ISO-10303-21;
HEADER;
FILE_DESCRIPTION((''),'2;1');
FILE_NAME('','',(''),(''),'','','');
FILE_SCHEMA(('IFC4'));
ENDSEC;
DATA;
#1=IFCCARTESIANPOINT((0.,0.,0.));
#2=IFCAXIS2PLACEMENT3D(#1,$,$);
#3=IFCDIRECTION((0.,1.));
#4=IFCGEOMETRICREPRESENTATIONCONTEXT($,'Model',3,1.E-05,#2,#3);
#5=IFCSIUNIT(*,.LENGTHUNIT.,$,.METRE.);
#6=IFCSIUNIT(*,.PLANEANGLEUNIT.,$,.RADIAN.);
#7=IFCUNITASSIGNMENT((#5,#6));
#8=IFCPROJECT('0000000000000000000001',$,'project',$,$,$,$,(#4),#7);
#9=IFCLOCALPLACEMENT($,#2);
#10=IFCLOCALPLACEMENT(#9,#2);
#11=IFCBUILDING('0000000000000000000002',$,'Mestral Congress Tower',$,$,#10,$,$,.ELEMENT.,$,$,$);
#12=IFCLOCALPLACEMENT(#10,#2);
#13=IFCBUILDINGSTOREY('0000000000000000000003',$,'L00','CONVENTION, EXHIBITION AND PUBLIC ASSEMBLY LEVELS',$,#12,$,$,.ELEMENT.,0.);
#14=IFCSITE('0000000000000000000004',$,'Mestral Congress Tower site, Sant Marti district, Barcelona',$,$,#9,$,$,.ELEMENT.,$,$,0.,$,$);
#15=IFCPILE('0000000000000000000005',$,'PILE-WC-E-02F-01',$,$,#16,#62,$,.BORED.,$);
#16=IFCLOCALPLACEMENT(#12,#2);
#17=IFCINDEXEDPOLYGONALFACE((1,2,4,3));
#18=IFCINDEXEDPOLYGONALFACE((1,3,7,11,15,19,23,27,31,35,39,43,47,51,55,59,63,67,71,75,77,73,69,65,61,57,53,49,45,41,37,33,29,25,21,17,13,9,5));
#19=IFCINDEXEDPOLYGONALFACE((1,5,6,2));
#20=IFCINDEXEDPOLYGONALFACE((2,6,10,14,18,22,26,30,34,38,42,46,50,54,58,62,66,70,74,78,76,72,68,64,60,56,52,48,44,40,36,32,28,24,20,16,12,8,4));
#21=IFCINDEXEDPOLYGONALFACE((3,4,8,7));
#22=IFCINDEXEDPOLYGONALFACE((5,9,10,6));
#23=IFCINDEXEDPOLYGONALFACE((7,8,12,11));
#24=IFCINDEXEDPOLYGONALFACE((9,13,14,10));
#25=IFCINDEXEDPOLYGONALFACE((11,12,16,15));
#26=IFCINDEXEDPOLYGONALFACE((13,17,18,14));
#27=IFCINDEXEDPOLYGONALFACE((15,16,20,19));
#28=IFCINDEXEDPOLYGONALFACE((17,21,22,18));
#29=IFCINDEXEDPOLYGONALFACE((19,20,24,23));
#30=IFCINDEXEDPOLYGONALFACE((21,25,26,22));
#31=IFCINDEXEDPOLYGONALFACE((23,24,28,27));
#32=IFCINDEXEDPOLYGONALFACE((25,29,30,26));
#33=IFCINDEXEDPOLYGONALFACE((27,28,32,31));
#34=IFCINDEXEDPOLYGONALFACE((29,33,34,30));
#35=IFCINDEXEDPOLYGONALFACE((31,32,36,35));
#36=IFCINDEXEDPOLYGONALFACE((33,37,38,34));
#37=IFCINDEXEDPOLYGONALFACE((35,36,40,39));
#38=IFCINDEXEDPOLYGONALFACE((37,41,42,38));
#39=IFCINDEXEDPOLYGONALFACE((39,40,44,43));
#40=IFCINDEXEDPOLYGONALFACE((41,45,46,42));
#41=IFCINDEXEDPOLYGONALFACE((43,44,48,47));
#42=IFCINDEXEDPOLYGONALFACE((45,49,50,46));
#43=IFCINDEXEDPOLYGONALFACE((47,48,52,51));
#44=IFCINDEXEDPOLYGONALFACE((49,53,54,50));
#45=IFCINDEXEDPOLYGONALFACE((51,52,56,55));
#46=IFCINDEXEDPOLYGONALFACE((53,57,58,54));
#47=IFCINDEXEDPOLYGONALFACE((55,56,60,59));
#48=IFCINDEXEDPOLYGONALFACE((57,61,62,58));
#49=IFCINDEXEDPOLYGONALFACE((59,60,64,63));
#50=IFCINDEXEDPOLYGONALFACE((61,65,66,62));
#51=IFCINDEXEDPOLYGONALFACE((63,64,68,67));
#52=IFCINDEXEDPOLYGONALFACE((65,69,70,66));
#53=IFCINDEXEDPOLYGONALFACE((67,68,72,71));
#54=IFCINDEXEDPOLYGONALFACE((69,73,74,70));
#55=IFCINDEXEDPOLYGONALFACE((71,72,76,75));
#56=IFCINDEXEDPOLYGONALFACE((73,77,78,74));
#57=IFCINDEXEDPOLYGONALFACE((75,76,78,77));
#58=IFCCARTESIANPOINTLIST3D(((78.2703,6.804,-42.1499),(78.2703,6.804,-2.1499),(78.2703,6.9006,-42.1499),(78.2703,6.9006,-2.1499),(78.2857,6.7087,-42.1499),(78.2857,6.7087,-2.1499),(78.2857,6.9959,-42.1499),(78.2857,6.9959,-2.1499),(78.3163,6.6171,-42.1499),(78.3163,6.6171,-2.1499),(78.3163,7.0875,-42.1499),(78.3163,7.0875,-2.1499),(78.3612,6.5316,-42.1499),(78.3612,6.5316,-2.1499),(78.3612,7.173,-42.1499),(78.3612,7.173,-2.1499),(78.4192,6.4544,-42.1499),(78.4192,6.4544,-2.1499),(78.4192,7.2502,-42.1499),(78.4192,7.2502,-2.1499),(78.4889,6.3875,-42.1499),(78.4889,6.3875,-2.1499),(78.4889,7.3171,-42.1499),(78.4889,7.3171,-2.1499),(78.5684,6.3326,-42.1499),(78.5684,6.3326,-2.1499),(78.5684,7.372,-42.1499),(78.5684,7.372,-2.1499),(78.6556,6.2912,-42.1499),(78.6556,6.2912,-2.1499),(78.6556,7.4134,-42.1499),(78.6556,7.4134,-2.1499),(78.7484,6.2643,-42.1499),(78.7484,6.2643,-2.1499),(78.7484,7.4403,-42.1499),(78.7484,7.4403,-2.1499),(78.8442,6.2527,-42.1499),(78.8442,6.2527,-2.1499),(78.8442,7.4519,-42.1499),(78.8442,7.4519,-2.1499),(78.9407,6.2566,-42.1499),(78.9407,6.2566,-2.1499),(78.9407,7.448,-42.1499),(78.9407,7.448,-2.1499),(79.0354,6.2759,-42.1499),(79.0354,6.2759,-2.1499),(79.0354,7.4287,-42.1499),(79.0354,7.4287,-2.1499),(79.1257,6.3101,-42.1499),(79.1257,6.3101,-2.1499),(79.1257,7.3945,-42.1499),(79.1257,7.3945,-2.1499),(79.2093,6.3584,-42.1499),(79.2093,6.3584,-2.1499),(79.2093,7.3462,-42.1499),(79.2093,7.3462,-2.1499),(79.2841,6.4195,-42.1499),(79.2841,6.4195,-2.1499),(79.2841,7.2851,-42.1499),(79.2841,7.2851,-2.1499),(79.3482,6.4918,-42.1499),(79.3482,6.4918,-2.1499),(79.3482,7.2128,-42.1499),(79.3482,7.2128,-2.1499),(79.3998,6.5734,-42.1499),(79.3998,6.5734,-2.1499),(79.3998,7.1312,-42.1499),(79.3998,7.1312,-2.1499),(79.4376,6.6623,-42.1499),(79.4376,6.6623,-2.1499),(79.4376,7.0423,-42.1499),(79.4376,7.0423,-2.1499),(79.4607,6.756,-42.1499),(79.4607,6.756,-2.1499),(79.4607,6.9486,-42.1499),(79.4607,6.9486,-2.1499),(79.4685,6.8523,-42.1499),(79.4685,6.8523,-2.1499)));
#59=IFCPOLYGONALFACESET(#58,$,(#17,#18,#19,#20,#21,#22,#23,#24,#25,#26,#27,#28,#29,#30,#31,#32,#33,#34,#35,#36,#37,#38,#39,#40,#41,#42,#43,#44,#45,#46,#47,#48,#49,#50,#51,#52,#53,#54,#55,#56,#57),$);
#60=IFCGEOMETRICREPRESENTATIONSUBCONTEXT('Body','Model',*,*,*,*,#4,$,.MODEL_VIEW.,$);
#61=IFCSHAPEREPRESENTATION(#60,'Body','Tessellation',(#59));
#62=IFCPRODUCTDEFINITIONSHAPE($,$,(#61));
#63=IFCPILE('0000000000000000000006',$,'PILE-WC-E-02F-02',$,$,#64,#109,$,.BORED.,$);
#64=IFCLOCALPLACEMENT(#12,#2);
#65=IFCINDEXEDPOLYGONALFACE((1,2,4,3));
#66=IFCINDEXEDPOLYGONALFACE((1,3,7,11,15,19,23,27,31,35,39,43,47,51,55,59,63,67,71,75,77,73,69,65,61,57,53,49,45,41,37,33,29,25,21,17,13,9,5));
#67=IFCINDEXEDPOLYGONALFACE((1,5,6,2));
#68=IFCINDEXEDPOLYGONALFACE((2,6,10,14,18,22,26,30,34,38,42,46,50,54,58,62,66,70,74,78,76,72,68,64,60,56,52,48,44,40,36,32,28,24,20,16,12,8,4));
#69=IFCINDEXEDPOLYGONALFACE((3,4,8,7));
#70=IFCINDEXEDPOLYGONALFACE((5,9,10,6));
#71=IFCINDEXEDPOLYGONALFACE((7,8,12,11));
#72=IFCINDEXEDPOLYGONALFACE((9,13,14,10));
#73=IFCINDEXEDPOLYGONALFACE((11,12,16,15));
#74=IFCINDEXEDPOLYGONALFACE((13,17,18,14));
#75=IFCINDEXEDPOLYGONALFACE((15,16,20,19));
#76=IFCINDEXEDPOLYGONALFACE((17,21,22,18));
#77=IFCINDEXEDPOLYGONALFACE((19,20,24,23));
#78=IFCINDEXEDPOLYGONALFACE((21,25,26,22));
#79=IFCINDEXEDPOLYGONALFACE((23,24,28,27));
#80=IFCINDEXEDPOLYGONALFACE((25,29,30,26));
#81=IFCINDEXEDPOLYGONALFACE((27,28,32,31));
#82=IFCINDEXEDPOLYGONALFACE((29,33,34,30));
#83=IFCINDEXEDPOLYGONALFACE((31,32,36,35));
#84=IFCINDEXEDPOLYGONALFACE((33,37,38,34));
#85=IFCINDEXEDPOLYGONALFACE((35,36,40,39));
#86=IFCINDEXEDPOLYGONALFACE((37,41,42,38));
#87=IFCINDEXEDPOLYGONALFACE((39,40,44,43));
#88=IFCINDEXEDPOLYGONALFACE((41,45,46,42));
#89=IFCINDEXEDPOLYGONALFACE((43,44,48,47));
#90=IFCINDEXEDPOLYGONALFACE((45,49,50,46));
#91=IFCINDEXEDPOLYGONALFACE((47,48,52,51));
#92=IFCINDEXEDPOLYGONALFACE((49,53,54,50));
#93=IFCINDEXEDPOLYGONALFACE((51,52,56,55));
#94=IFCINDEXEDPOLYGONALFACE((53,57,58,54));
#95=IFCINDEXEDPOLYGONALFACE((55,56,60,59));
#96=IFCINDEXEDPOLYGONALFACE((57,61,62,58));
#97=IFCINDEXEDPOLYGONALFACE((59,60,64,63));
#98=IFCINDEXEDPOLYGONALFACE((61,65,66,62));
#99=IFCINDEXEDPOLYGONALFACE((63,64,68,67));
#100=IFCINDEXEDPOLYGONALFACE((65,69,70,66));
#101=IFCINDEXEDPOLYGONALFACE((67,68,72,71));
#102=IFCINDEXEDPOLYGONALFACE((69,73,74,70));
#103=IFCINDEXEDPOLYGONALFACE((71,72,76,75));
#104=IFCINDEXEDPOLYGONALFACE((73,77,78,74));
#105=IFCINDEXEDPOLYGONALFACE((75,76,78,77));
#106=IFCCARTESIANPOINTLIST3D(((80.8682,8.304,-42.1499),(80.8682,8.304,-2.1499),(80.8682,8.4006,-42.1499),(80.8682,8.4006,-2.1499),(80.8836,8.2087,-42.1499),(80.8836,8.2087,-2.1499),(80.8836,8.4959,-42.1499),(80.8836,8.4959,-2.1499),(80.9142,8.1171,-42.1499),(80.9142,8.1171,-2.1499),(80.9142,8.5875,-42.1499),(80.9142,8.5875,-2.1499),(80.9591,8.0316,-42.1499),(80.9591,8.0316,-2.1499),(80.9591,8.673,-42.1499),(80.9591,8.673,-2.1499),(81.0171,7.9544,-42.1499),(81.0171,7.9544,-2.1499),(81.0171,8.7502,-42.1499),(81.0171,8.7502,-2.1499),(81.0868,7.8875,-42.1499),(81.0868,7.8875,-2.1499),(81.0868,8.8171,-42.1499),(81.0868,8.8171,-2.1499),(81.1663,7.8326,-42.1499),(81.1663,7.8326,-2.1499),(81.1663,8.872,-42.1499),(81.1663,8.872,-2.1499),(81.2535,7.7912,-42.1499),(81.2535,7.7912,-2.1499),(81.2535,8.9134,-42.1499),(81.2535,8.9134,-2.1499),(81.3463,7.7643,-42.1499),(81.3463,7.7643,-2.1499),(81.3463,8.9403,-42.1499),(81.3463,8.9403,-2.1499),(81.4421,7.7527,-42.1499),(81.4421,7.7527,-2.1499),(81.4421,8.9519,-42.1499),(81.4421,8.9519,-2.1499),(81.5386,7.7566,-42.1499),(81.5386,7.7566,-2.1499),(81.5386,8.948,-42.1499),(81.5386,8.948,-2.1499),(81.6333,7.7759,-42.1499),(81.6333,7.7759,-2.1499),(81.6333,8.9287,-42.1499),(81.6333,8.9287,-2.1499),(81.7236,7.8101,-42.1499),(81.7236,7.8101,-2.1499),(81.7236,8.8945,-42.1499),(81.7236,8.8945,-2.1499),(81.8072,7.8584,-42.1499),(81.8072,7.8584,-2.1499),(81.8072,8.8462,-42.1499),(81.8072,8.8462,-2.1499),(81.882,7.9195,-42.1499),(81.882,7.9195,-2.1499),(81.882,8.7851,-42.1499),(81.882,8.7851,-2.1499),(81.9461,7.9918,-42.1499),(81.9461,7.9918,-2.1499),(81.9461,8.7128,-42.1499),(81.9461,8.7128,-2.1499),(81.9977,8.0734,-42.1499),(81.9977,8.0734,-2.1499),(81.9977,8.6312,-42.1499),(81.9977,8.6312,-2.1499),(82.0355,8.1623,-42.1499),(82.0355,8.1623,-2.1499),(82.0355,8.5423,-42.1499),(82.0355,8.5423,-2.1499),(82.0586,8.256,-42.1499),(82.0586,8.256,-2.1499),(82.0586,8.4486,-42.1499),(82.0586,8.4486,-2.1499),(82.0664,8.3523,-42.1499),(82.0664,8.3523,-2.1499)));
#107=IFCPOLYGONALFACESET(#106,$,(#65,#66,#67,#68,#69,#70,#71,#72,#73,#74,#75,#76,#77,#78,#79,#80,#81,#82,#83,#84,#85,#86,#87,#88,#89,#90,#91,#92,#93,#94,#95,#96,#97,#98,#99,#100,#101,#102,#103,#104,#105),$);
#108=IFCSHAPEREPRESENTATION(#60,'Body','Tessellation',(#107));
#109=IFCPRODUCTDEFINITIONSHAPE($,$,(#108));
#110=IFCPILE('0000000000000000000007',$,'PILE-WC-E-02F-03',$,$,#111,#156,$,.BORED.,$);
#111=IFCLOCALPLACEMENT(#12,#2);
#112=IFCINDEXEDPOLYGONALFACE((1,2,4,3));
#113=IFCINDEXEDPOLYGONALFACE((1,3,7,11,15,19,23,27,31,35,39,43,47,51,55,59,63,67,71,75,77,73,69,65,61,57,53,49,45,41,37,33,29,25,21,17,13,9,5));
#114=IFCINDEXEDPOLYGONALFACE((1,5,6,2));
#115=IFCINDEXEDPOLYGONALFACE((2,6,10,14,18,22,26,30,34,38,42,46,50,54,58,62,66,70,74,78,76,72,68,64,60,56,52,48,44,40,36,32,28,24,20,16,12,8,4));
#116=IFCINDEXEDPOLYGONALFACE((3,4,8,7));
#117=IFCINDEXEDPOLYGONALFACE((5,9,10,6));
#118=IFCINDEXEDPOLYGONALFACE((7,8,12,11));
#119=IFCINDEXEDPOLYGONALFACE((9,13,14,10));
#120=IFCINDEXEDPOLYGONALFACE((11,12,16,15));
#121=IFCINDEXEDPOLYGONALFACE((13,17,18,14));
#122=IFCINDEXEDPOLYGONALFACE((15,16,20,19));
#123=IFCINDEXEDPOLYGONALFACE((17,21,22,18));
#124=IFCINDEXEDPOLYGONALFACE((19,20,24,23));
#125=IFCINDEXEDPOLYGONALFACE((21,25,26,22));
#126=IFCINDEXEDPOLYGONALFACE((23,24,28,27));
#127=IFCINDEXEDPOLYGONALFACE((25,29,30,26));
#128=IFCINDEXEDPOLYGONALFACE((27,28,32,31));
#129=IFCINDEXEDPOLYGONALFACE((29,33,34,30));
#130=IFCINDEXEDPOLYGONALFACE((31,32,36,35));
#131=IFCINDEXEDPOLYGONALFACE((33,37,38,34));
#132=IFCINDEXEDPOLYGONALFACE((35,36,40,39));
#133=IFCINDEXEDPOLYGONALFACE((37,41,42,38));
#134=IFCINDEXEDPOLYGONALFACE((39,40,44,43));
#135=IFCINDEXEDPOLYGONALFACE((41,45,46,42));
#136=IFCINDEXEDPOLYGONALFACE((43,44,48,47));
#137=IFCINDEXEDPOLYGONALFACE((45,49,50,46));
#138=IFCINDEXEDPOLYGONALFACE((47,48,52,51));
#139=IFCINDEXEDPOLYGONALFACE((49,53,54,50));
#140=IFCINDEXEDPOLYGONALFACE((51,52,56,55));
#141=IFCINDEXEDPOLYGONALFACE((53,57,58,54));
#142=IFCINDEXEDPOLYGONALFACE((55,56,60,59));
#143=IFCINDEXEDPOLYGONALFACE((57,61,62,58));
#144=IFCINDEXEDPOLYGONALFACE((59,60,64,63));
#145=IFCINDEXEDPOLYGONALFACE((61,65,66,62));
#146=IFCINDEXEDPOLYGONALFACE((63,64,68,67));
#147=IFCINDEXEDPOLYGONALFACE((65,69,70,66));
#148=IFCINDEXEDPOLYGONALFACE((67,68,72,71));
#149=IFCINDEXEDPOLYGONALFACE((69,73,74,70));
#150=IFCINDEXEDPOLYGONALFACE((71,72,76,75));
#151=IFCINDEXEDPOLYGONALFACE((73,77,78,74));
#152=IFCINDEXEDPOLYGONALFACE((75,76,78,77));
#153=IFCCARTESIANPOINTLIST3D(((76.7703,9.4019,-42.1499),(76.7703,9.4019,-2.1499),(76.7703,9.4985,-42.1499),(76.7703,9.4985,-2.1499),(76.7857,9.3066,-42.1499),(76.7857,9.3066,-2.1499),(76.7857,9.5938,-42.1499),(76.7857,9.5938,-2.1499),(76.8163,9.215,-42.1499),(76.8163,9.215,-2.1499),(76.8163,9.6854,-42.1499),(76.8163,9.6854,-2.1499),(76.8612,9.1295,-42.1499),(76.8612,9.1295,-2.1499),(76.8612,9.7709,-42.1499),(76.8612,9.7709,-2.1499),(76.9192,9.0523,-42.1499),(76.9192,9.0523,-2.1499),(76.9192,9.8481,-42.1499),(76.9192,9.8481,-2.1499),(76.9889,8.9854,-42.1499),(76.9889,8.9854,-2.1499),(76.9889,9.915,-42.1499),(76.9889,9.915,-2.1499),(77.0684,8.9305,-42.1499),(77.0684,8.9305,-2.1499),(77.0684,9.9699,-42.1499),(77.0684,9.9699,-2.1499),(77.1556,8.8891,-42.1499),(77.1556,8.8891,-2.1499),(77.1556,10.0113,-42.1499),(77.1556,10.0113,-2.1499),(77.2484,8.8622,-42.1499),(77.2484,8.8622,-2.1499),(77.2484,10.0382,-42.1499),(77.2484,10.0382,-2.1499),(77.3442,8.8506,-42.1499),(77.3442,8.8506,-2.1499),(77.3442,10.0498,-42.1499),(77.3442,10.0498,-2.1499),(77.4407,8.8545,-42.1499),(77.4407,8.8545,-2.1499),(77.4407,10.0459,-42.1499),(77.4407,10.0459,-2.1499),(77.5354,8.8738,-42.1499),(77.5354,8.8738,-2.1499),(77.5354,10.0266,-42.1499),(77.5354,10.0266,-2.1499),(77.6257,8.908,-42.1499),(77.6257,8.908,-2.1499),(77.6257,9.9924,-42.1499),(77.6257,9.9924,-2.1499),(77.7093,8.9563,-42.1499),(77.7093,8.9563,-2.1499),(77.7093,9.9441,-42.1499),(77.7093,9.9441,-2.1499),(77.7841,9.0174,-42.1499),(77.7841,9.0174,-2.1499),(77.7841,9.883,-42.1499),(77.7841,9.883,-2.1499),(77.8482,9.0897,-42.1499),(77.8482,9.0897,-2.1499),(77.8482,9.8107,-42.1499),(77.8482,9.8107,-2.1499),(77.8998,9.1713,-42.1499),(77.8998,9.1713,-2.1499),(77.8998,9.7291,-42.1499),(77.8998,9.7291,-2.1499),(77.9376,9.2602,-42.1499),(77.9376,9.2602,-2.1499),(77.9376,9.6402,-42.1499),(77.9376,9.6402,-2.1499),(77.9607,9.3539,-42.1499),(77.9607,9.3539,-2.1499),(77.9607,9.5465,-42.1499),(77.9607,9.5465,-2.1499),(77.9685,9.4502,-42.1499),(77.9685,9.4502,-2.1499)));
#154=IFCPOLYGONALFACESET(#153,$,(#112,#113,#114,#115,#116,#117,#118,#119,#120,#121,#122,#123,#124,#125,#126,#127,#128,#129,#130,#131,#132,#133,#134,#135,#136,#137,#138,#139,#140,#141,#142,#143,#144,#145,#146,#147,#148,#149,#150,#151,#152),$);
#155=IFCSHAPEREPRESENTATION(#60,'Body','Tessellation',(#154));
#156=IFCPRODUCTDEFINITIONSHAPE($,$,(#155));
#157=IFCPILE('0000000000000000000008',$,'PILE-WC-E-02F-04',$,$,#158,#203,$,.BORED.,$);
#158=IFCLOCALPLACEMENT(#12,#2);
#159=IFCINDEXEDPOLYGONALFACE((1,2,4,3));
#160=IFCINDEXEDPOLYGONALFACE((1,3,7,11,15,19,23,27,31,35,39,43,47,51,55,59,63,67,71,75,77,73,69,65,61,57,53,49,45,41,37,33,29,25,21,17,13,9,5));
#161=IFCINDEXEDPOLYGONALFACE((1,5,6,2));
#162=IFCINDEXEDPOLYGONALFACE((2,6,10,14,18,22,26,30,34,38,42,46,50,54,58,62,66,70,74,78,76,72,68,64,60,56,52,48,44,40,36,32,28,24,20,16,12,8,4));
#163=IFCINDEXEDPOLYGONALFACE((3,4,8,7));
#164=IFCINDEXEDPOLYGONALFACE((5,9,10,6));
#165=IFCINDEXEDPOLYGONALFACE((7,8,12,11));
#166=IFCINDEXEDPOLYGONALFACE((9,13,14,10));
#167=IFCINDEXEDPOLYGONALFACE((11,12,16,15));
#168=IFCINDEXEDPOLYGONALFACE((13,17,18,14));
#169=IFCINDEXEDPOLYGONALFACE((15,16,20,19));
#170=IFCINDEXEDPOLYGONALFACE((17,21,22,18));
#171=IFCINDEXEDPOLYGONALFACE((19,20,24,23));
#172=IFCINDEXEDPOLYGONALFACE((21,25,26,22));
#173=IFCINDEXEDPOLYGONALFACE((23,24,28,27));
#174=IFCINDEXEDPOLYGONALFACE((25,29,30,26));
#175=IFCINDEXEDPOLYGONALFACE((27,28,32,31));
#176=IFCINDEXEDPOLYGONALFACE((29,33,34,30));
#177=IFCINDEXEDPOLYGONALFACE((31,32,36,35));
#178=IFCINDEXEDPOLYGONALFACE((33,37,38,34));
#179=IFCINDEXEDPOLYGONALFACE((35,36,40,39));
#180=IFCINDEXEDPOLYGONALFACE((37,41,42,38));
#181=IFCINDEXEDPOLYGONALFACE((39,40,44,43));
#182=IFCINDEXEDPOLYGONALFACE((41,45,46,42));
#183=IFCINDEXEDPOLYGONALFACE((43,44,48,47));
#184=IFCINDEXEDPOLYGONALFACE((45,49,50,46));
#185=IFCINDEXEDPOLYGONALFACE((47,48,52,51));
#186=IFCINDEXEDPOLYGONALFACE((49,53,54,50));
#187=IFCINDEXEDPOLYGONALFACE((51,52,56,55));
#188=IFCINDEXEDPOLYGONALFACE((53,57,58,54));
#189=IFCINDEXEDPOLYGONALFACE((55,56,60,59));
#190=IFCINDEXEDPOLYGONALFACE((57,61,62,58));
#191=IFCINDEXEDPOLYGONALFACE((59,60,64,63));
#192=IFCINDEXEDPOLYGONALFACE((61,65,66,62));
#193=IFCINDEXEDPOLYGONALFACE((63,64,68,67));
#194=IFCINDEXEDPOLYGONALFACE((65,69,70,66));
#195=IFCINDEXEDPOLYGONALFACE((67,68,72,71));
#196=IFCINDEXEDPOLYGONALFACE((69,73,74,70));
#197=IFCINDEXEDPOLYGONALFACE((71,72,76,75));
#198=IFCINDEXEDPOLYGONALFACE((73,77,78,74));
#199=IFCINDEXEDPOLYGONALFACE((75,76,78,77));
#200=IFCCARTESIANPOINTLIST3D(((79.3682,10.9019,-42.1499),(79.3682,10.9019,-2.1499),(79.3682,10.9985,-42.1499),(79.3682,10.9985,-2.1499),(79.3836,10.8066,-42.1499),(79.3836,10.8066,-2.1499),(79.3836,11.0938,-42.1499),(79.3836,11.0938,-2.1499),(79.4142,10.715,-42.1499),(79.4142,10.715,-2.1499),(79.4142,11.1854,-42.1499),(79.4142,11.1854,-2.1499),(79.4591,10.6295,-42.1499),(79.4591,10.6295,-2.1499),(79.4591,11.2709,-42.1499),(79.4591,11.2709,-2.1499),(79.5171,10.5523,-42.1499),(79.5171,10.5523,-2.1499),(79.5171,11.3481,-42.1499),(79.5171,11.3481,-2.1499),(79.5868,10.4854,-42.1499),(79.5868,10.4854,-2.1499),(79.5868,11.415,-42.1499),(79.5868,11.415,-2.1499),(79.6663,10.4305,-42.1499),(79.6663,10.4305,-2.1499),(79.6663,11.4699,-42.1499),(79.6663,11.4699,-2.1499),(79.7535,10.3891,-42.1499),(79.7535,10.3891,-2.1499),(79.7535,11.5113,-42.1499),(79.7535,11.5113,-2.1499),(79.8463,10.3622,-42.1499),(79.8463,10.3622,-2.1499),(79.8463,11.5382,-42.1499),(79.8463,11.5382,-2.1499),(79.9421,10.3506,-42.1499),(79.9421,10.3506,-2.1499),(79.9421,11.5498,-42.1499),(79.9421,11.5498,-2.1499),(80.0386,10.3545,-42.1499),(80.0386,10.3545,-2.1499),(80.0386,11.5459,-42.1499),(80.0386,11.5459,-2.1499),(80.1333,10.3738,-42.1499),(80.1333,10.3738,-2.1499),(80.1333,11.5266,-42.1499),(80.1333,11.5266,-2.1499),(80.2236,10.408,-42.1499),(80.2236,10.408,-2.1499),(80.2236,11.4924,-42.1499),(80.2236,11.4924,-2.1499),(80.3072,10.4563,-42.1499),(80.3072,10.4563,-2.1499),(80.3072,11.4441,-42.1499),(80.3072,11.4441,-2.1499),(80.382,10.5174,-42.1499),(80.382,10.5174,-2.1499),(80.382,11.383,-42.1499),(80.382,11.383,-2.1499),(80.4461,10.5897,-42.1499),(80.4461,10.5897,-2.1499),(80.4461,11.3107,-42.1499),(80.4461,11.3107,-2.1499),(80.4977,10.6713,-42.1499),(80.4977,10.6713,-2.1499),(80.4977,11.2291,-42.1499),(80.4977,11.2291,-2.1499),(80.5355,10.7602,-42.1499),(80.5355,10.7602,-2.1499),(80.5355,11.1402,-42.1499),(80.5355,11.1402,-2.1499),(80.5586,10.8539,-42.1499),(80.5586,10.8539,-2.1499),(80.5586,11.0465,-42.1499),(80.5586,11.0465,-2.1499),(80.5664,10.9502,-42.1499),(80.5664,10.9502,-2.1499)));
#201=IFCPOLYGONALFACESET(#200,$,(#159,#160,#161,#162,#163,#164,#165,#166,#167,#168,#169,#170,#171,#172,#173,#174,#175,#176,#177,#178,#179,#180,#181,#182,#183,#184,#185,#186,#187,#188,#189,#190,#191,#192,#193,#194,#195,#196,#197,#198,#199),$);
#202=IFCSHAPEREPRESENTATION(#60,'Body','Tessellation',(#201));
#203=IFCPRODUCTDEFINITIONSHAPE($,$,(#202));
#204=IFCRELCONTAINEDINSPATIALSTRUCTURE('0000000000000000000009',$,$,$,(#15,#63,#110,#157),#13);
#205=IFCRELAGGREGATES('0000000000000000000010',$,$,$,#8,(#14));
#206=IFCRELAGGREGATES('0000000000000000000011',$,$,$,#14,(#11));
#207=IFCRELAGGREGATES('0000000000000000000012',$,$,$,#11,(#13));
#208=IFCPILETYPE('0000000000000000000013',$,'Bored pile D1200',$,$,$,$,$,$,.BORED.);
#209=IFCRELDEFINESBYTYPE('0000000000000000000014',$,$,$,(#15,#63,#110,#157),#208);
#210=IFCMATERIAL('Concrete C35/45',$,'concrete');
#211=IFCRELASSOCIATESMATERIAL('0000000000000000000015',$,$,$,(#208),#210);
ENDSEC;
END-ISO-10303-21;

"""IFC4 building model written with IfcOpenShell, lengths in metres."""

from ifc_helpers import new_model, si_unit, direction, frame, origin, origin_2d, place, context, subcontext, project, spatial, circle, extrude, material, material_profile, profile_set, type_object, element, save


model = new_model("IFC4")

# Units and contexts
model_context = context("Model", 3, precision=1e-05, world=origin(), true_north=direction((0.0, 1.0)))
body_context = subcontext(model_context, "Body", "Model", "MODEL_VIEW")
ifc_project = project(units=[si_unit("LENGTHUNIT", "METRE"), si_unit("PLANEANGLEUNIT", "RADIAN")], contexts=[model_context])

# Site, building, storey
site_placement = place(None, origin())
site = spatial("IfcSite", under=ifc_project, at=site_placement, Name="Mestral Congress Tower site, Sant Marti district, Barcelona", CompositionType="ELEMENT", RefElevation=0.0)
building_placement = place(site_placement, origin())
building = spatial("IfcBuilding", under=site, at=building_placement, Name="Mestral Congress Tower", CompositionType="ELEMENT")
storey_placement = place(building_placement, origin())
storey = spatial("IfcBuildingStorey", under=building, at=storey_placement, Name="L00", Description="CONVENTION, EXHIBITION AND PUBLIC ASSEMBLY LEVELS", CompositionType="ELEMENT", Elevation=0.0)

# Piles
ifc_material_1 = material(Name="Concrete C35/45", Category="concrete")
ifc_material_profile_1 = material_profile(ifc_material_1, circle(Radius=0.6001, at=origin_2d()), Name="D1200")
ifc_profile_set_1 = profile_set([ifc_material_profile_1], Name="Concrete C35/45")
pile_type = type_object("IfcPileType", Name="Bored pile D1200", PredefinedType="BORED", material=ifc_profile_set_1)
for number, where, z_axis, x_axis, name in (
    (1, (78.8684, 6.8523, -2.1499), (0.0, 0.0, -1.0), (1.0, 0.0, 0.0), "PILE-WC-E-02F-01"),
    (2, (81.4663, 8.3523, -2.1499), (0.0, 0.0, -1.0), (1.0, 0.0, 0.0), "PILE-WC-E-02F-02"),
    (3, (77.3684, 9.4502, -2.1499), (0.0, 0.0, -1.0), (1.0, 0.0, 0.0), "PILE-WC-E-02F-03"),
    (4, (79.9663, 10.9502, -2.1499), (0.0, 0.0, -1.0), (1.0, 0.0, 0.0), "PILE-WC-E-02F-04"),
):
    element("IfcPile", number, at=place(storey_placement, frame(where, z_axis=z_axis, x_axis=x_axis)), inside=storey, type_object=pile_type, Name=name, PredefinedType="BORED", context=body_context, shape_type="SweptSolid", body=[
        extrude(circle(Radius=0.6001, at=origin_2d()), origin(), (0.0, 0.0, 1.0), 40.0),
    ])

save(model, "model.ifc")
